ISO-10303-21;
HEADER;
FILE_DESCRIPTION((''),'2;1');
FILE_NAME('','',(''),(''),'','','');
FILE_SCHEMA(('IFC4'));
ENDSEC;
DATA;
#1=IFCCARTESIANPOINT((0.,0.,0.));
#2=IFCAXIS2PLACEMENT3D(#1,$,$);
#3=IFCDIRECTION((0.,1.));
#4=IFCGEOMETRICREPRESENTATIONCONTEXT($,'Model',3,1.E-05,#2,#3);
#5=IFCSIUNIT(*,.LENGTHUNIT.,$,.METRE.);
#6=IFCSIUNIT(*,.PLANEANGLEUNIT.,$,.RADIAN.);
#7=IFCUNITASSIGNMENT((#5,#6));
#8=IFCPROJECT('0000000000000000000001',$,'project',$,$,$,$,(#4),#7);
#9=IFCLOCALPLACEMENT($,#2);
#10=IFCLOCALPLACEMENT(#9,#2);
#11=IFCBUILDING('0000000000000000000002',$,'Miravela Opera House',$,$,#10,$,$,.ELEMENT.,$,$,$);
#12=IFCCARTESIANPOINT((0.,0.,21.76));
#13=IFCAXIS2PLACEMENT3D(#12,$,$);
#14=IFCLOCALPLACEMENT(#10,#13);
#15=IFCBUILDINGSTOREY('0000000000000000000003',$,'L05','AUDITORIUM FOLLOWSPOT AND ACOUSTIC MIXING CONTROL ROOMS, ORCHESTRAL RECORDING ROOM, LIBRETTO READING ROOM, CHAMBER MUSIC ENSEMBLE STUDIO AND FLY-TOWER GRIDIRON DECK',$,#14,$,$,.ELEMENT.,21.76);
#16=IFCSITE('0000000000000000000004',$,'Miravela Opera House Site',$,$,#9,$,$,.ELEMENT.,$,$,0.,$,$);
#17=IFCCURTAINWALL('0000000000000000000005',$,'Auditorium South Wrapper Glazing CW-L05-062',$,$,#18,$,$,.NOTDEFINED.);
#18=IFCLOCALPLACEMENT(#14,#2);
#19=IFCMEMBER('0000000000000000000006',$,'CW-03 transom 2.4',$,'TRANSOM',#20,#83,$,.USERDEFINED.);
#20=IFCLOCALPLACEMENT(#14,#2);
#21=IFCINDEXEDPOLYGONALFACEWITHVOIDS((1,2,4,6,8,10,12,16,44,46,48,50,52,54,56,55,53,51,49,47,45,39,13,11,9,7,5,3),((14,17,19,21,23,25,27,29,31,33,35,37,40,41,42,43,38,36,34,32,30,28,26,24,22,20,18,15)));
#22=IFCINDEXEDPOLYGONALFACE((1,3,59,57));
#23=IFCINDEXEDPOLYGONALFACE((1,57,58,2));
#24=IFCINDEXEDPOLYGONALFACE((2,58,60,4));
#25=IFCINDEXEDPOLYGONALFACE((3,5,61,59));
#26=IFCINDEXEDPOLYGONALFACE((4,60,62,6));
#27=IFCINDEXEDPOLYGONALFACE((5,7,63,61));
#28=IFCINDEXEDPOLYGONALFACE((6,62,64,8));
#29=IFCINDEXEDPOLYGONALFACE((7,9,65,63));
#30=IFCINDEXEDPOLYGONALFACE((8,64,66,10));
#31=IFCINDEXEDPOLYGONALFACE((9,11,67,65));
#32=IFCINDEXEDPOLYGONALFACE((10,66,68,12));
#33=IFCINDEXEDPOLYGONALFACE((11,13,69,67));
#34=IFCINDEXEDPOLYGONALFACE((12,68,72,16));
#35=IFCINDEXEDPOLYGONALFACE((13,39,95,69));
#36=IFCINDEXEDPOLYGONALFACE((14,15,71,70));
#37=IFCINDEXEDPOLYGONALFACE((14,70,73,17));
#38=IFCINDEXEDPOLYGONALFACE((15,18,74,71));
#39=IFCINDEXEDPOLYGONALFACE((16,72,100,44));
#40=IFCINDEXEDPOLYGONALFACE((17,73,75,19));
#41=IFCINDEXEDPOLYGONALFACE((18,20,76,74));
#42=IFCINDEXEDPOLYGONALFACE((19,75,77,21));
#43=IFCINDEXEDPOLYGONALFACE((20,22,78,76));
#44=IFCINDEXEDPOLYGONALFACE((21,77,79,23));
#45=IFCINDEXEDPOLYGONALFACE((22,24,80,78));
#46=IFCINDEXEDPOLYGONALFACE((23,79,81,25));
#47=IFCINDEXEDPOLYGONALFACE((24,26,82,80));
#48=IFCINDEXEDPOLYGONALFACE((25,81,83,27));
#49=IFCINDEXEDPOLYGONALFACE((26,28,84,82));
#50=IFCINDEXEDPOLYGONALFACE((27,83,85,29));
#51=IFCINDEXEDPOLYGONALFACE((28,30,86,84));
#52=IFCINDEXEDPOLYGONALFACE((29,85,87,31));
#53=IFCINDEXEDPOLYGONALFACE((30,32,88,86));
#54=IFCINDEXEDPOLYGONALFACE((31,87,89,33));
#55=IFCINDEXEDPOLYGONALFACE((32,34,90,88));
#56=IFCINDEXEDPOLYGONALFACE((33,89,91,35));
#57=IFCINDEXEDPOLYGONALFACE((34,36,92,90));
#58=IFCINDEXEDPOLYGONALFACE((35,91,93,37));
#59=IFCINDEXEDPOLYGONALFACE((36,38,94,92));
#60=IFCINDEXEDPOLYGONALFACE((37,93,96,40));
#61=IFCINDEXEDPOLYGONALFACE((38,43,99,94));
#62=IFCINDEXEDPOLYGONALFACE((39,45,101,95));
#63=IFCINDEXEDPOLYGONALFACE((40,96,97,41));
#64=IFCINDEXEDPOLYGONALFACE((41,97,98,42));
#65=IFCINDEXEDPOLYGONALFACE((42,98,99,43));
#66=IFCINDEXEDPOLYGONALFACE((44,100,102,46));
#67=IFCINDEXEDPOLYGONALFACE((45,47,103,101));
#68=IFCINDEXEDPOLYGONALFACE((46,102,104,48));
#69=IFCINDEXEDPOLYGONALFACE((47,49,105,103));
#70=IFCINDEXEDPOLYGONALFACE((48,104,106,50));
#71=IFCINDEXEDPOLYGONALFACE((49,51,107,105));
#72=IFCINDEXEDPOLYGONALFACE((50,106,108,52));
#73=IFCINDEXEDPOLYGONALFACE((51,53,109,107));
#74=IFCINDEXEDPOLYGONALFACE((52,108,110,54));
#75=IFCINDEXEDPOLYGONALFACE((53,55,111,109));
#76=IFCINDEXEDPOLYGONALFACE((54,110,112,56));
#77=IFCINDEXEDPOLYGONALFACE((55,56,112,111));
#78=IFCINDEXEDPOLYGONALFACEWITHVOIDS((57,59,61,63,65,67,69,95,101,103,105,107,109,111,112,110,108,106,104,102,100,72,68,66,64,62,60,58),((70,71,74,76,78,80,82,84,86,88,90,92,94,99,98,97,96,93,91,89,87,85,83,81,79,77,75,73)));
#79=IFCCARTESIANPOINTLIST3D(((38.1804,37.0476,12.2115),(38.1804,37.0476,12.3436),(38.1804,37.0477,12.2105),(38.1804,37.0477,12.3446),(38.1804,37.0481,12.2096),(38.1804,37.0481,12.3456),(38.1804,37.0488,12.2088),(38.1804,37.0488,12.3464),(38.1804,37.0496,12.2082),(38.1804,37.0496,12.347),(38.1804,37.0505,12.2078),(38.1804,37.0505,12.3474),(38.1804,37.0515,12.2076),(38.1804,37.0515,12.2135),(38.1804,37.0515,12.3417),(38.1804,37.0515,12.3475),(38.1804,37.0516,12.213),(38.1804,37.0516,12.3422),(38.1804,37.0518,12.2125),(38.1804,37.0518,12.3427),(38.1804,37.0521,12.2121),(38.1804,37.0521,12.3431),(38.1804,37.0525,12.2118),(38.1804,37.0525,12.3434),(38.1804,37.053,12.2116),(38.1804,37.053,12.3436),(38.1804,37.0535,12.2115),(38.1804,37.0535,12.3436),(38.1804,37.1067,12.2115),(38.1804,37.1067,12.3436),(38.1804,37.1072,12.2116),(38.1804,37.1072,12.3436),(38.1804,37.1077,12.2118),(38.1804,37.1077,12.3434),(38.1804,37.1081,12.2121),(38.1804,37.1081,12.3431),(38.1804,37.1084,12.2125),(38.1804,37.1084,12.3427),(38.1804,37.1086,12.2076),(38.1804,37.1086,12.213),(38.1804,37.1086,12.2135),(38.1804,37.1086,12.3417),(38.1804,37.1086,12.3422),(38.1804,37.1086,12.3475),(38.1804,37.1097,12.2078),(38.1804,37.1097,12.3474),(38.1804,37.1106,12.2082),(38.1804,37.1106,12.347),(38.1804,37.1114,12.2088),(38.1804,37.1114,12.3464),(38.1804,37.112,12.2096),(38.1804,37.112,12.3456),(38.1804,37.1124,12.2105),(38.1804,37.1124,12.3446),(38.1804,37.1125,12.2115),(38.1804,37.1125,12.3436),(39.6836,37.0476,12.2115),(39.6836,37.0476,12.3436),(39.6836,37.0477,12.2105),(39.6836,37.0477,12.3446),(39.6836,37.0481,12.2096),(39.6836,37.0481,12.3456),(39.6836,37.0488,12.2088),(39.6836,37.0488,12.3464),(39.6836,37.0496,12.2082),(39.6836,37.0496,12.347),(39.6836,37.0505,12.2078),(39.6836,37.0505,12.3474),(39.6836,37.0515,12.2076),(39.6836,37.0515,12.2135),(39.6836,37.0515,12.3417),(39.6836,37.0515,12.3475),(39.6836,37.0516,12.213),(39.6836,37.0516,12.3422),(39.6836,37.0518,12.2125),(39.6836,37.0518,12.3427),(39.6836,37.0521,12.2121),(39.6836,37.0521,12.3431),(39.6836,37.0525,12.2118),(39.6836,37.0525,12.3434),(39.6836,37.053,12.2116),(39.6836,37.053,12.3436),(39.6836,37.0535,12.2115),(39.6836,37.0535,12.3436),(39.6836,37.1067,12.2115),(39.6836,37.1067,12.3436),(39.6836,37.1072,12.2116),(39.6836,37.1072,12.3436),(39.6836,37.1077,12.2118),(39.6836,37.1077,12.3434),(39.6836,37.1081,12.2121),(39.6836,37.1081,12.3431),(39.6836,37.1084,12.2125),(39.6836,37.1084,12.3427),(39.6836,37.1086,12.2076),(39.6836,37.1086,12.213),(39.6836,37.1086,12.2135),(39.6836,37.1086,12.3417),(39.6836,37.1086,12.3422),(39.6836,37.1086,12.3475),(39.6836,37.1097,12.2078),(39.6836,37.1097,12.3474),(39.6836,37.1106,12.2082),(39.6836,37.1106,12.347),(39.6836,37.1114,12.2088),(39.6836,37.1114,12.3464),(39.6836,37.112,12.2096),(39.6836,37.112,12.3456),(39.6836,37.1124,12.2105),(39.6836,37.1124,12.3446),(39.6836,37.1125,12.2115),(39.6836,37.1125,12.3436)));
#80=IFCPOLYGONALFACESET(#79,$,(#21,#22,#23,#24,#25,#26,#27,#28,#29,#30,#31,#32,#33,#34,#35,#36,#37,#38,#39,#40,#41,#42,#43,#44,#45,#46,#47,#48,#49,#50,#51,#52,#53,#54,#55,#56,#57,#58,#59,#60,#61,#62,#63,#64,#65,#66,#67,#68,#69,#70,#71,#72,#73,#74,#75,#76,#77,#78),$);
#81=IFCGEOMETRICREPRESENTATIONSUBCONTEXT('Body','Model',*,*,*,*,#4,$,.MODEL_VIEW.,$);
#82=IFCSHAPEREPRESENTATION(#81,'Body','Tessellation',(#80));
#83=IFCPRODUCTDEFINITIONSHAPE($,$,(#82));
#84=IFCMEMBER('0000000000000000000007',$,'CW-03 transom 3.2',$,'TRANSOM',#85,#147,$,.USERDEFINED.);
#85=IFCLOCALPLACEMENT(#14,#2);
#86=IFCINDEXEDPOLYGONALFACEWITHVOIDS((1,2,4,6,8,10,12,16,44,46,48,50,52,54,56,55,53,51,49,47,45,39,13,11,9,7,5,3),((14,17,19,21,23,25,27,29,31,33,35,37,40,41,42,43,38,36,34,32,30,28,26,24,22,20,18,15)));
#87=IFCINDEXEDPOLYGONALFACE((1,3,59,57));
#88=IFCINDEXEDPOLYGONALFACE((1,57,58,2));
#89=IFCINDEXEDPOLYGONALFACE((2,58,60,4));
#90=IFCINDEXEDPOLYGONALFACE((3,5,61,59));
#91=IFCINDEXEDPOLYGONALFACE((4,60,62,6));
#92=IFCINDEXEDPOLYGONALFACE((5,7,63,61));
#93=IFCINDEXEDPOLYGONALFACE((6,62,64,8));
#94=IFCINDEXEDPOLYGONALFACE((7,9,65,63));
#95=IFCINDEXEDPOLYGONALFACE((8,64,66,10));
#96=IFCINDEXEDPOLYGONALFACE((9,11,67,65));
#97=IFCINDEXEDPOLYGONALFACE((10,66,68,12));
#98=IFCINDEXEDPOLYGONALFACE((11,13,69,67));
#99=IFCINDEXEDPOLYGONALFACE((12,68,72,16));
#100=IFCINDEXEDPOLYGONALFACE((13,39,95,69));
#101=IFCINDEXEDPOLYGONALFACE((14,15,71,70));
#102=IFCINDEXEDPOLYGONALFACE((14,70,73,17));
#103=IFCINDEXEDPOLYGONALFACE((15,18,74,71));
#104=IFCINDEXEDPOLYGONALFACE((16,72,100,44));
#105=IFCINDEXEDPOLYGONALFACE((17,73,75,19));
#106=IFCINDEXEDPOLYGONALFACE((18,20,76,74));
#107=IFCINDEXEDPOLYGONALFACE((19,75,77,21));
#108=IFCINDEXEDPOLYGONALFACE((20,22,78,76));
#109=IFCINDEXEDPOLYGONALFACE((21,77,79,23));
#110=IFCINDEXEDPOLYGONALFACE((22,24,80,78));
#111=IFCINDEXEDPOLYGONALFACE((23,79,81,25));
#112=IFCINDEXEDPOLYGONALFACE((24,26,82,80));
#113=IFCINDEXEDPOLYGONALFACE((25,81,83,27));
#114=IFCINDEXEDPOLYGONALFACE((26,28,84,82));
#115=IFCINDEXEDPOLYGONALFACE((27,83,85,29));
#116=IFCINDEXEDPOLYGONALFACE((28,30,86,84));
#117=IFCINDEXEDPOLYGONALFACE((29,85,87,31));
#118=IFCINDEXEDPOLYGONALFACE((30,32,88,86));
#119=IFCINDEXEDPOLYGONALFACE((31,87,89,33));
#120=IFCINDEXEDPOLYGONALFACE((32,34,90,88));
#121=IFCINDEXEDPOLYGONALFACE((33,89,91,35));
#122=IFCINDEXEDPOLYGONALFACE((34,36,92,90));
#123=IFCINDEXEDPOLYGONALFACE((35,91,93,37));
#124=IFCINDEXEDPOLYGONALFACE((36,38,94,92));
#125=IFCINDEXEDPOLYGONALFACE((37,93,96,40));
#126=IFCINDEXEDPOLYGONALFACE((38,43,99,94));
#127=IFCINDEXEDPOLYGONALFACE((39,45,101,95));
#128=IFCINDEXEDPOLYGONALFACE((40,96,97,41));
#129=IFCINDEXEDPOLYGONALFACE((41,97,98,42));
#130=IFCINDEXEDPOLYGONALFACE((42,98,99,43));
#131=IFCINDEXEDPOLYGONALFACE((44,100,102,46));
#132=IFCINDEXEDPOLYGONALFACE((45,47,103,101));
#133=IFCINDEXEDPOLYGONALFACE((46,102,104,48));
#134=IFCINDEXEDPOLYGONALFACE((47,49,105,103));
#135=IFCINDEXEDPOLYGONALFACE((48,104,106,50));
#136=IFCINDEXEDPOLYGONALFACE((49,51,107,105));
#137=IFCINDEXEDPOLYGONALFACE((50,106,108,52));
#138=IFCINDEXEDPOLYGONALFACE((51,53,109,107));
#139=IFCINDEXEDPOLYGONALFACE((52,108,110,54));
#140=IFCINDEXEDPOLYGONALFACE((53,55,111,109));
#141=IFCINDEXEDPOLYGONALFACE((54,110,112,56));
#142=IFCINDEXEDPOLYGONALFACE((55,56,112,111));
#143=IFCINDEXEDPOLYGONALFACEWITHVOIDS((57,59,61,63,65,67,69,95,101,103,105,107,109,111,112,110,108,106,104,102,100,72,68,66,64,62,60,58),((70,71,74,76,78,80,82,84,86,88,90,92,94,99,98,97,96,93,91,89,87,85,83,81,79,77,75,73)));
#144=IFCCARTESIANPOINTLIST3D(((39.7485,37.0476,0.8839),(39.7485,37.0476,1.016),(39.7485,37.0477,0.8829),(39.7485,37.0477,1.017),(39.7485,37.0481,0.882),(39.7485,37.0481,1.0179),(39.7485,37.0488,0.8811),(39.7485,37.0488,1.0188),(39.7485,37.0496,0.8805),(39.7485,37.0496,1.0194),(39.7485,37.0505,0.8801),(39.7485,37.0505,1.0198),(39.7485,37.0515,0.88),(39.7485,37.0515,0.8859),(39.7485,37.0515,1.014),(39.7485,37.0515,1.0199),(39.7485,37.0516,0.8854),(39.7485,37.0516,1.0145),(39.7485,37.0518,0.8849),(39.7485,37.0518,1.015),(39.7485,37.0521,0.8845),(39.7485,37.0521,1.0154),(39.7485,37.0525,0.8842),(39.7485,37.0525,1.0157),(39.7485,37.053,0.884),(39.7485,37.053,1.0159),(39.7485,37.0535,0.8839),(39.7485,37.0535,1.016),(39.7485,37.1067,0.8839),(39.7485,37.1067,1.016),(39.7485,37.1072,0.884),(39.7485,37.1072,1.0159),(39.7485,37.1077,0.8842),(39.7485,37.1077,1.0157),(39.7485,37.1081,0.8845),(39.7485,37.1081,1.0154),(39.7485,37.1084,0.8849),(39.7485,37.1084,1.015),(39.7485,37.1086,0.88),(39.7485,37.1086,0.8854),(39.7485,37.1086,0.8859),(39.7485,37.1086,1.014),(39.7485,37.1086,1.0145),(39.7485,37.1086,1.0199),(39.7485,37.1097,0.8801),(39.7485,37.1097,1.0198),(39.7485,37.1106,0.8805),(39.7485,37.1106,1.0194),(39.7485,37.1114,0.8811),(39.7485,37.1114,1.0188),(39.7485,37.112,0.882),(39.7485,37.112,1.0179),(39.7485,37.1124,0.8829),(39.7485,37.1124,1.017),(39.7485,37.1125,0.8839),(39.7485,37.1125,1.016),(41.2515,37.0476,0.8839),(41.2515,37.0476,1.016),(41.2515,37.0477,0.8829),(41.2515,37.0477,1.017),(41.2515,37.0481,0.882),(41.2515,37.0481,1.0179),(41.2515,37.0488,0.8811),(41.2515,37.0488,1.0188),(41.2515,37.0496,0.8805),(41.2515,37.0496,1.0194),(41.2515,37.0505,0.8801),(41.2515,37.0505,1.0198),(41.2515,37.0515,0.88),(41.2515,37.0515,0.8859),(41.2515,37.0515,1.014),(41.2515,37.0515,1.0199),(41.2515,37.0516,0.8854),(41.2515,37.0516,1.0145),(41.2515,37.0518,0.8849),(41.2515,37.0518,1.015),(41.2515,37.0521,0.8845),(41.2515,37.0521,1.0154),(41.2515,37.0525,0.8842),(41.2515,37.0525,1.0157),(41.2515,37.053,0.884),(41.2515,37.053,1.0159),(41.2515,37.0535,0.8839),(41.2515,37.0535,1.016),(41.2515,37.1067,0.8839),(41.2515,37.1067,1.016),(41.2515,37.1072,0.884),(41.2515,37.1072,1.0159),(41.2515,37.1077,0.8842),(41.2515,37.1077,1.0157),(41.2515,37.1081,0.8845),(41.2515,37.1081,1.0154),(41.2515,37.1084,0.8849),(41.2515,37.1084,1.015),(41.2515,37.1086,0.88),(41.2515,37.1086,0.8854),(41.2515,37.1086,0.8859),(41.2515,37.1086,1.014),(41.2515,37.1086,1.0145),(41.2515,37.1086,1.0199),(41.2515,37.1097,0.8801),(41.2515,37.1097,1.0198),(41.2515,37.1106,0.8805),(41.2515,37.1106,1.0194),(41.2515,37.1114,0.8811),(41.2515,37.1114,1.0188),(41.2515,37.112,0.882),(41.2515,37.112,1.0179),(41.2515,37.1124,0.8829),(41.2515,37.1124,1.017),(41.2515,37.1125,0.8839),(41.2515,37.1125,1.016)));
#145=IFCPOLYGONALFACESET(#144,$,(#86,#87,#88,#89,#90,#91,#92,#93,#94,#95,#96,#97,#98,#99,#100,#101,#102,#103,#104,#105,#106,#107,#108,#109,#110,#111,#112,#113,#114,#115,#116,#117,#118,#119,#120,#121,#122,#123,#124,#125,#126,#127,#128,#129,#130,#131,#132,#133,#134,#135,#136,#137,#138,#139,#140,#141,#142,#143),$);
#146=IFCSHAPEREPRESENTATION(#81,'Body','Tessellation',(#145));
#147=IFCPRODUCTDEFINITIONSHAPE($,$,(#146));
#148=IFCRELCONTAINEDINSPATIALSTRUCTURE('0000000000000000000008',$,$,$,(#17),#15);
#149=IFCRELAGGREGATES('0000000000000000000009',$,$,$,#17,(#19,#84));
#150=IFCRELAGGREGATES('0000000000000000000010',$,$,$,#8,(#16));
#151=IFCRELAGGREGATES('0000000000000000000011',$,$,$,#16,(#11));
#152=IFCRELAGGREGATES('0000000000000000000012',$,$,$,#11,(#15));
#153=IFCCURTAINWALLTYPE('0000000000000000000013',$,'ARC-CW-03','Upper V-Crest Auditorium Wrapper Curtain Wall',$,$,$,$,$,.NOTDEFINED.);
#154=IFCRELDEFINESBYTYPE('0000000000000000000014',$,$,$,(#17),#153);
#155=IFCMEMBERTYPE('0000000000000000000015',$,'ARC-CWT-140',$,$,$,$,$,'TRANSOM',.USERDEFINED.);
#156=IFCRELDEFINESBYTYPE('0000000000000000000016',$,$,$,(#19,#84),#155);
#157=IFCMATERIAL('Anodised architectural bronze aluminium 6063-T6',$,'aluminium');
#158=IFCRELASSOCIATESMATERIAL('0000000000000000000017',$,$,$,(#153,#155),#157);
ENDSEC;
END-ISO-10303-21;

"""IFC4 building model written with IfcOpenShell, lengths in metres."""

from ifc_helpers import new_model, si_unit, direction, frame, origin, origin_2d, place, context, subcontext, project, spatial, hollow_rectangle, extrude, material, material_profile, profile_set, type_object, element, aggregate, save


model = new_model("IFC4")

# Units and contexts
model_context = context("Model", 3, precision=1e-05, world=origin(), true_north=direction((0.0, 1.0)))
body_context = subcontext(model_context, "Body", "Model", "MODEL_VIEW")
ifc_project = project(units=[si_unit("LENGTHUNIT", "METRE"), si_unit("PLANEANGLEUNIT", "RADIAN")], contexts=[model_context])

# Site, building, storey
site_placement = place(None, origin())
site = spatial("IfcSite", under=ifc_project, at=site_placement, Name="Miravela Opera House Site", CompositionType="ELEMENT", RefElevation=0.0)
building_placement = place(site_placement, origin())
building = spatial("IfcBuilding", under=site, at=building_placement, Name="Miravela Opera House", CompositionType="ELEMENT")
storey_placement = place(building_placement, frame((0.0, 0.0, 21.76)))
storey = spatial("IfcBuildingStorey", under=building, at=storey_placement, Name="L05", Description="AUDITORIUM FOLLOWSPOT AND ACOUSTIC MIXING CONTROL ROOMS, ORCHESTRAL RECORDING ROOM, LIBRETTO READING ROOM, CHAMBER MUSIC ENSEMBLE STUDIO AND FLY-TOWER GRIDIRON DECK", CompositionType="ELEMENT", Elevation=21.76)

# Curtain wall, members
ifc_material_1 = material(Name="Anodised architectural bronze aluminium 6063-T6", Category="aluminium")
curtain_wall_type = type_object("IfcCurtainWallType", Name="ARC-CW-03", Description="Upper V-Crest Auditorium Wrapper Curtain Wall", PredefinedType="NOTDEFINED", material=ifc_material_1)
curtain_wall_placement = place(storey_placement, origin())
curtain_wall = element("IfcCurtainWall", 1, at=curtain_wall_placement, inside=storey, type_object=curtain_wall_type, Name="Auditorium South Wrapper Glazing CW-L05-062", PredefinedType="NOTDEFINED")
ifc_material_profile = material_profile(ifc_material_1, hollow_rectangle(XDim=0.0649, YDim=0.1399, WallThickness=0.0039, InnerFilletRadius=0.002, OuterFilletRadius=0.0039, at=origin_2d()), Name="CWT-65X140")
ifc_profile_set = profile_set([ifc_material_profile])
member_type = type_object("IfcMemberType", Name="ARC-CWT-140", ElementType="TRANSOM", PredefinedType="USERDEFINED", material=ifc_profile_set)
member_1_placement = place(storey_placement, frame((38.1804, 37.0801, 12.2776), z_axis=(1.0, 0.0, 0.0), x_axis=(0.0, 1.0, 0.0)))
member_1 = element("IfcMember", 2, at=member_1_placement, type_object=member_type, Name="CW-03 transom 2.4", ObjectType="TRANSOM", PredefinedType="USERDEFINED", context=body_context, shape_type="SweptSolid", body=[
    extrude(hollow_rectangle(XDim=0.0649, YDim=0.1399, WallThickness=0.0039, InnerFilletRadius=0.002, OuterFilletRadius=0.0039, at=origin_2d()), origin(), (0.0, 0.0, 1.0), 1.5032),
])
member_2_placement = place(storey_placement, frame((39.7485, 37.0801, 0.95), z_axis=(1.0, 0.0, 0.0), x_axis=(0.0, 1.0, 0.0)))
member_2 = element("IfcMember", 3, at=member_2_placement, type_object=member_type, Name="CW-03 transom 3.2", ObjectType="TRANSOM", PredefinedType="USERDEFINED", context=body_context, shape_type="SweptSolid", body=[
    extrude(hollow_rectangle(XDim=0.0649, YDim=0.1399, WallThickness=0.0039, InnerFilletRadius=0.002, OuterFilletRadius=0.0039, at=origin_2d()), origin(), (0.0, 0.0, 1.0), 1.5029),
])
aggregate(curtain_wall, [member_1, member_2])

save(model, "model.ifc")
